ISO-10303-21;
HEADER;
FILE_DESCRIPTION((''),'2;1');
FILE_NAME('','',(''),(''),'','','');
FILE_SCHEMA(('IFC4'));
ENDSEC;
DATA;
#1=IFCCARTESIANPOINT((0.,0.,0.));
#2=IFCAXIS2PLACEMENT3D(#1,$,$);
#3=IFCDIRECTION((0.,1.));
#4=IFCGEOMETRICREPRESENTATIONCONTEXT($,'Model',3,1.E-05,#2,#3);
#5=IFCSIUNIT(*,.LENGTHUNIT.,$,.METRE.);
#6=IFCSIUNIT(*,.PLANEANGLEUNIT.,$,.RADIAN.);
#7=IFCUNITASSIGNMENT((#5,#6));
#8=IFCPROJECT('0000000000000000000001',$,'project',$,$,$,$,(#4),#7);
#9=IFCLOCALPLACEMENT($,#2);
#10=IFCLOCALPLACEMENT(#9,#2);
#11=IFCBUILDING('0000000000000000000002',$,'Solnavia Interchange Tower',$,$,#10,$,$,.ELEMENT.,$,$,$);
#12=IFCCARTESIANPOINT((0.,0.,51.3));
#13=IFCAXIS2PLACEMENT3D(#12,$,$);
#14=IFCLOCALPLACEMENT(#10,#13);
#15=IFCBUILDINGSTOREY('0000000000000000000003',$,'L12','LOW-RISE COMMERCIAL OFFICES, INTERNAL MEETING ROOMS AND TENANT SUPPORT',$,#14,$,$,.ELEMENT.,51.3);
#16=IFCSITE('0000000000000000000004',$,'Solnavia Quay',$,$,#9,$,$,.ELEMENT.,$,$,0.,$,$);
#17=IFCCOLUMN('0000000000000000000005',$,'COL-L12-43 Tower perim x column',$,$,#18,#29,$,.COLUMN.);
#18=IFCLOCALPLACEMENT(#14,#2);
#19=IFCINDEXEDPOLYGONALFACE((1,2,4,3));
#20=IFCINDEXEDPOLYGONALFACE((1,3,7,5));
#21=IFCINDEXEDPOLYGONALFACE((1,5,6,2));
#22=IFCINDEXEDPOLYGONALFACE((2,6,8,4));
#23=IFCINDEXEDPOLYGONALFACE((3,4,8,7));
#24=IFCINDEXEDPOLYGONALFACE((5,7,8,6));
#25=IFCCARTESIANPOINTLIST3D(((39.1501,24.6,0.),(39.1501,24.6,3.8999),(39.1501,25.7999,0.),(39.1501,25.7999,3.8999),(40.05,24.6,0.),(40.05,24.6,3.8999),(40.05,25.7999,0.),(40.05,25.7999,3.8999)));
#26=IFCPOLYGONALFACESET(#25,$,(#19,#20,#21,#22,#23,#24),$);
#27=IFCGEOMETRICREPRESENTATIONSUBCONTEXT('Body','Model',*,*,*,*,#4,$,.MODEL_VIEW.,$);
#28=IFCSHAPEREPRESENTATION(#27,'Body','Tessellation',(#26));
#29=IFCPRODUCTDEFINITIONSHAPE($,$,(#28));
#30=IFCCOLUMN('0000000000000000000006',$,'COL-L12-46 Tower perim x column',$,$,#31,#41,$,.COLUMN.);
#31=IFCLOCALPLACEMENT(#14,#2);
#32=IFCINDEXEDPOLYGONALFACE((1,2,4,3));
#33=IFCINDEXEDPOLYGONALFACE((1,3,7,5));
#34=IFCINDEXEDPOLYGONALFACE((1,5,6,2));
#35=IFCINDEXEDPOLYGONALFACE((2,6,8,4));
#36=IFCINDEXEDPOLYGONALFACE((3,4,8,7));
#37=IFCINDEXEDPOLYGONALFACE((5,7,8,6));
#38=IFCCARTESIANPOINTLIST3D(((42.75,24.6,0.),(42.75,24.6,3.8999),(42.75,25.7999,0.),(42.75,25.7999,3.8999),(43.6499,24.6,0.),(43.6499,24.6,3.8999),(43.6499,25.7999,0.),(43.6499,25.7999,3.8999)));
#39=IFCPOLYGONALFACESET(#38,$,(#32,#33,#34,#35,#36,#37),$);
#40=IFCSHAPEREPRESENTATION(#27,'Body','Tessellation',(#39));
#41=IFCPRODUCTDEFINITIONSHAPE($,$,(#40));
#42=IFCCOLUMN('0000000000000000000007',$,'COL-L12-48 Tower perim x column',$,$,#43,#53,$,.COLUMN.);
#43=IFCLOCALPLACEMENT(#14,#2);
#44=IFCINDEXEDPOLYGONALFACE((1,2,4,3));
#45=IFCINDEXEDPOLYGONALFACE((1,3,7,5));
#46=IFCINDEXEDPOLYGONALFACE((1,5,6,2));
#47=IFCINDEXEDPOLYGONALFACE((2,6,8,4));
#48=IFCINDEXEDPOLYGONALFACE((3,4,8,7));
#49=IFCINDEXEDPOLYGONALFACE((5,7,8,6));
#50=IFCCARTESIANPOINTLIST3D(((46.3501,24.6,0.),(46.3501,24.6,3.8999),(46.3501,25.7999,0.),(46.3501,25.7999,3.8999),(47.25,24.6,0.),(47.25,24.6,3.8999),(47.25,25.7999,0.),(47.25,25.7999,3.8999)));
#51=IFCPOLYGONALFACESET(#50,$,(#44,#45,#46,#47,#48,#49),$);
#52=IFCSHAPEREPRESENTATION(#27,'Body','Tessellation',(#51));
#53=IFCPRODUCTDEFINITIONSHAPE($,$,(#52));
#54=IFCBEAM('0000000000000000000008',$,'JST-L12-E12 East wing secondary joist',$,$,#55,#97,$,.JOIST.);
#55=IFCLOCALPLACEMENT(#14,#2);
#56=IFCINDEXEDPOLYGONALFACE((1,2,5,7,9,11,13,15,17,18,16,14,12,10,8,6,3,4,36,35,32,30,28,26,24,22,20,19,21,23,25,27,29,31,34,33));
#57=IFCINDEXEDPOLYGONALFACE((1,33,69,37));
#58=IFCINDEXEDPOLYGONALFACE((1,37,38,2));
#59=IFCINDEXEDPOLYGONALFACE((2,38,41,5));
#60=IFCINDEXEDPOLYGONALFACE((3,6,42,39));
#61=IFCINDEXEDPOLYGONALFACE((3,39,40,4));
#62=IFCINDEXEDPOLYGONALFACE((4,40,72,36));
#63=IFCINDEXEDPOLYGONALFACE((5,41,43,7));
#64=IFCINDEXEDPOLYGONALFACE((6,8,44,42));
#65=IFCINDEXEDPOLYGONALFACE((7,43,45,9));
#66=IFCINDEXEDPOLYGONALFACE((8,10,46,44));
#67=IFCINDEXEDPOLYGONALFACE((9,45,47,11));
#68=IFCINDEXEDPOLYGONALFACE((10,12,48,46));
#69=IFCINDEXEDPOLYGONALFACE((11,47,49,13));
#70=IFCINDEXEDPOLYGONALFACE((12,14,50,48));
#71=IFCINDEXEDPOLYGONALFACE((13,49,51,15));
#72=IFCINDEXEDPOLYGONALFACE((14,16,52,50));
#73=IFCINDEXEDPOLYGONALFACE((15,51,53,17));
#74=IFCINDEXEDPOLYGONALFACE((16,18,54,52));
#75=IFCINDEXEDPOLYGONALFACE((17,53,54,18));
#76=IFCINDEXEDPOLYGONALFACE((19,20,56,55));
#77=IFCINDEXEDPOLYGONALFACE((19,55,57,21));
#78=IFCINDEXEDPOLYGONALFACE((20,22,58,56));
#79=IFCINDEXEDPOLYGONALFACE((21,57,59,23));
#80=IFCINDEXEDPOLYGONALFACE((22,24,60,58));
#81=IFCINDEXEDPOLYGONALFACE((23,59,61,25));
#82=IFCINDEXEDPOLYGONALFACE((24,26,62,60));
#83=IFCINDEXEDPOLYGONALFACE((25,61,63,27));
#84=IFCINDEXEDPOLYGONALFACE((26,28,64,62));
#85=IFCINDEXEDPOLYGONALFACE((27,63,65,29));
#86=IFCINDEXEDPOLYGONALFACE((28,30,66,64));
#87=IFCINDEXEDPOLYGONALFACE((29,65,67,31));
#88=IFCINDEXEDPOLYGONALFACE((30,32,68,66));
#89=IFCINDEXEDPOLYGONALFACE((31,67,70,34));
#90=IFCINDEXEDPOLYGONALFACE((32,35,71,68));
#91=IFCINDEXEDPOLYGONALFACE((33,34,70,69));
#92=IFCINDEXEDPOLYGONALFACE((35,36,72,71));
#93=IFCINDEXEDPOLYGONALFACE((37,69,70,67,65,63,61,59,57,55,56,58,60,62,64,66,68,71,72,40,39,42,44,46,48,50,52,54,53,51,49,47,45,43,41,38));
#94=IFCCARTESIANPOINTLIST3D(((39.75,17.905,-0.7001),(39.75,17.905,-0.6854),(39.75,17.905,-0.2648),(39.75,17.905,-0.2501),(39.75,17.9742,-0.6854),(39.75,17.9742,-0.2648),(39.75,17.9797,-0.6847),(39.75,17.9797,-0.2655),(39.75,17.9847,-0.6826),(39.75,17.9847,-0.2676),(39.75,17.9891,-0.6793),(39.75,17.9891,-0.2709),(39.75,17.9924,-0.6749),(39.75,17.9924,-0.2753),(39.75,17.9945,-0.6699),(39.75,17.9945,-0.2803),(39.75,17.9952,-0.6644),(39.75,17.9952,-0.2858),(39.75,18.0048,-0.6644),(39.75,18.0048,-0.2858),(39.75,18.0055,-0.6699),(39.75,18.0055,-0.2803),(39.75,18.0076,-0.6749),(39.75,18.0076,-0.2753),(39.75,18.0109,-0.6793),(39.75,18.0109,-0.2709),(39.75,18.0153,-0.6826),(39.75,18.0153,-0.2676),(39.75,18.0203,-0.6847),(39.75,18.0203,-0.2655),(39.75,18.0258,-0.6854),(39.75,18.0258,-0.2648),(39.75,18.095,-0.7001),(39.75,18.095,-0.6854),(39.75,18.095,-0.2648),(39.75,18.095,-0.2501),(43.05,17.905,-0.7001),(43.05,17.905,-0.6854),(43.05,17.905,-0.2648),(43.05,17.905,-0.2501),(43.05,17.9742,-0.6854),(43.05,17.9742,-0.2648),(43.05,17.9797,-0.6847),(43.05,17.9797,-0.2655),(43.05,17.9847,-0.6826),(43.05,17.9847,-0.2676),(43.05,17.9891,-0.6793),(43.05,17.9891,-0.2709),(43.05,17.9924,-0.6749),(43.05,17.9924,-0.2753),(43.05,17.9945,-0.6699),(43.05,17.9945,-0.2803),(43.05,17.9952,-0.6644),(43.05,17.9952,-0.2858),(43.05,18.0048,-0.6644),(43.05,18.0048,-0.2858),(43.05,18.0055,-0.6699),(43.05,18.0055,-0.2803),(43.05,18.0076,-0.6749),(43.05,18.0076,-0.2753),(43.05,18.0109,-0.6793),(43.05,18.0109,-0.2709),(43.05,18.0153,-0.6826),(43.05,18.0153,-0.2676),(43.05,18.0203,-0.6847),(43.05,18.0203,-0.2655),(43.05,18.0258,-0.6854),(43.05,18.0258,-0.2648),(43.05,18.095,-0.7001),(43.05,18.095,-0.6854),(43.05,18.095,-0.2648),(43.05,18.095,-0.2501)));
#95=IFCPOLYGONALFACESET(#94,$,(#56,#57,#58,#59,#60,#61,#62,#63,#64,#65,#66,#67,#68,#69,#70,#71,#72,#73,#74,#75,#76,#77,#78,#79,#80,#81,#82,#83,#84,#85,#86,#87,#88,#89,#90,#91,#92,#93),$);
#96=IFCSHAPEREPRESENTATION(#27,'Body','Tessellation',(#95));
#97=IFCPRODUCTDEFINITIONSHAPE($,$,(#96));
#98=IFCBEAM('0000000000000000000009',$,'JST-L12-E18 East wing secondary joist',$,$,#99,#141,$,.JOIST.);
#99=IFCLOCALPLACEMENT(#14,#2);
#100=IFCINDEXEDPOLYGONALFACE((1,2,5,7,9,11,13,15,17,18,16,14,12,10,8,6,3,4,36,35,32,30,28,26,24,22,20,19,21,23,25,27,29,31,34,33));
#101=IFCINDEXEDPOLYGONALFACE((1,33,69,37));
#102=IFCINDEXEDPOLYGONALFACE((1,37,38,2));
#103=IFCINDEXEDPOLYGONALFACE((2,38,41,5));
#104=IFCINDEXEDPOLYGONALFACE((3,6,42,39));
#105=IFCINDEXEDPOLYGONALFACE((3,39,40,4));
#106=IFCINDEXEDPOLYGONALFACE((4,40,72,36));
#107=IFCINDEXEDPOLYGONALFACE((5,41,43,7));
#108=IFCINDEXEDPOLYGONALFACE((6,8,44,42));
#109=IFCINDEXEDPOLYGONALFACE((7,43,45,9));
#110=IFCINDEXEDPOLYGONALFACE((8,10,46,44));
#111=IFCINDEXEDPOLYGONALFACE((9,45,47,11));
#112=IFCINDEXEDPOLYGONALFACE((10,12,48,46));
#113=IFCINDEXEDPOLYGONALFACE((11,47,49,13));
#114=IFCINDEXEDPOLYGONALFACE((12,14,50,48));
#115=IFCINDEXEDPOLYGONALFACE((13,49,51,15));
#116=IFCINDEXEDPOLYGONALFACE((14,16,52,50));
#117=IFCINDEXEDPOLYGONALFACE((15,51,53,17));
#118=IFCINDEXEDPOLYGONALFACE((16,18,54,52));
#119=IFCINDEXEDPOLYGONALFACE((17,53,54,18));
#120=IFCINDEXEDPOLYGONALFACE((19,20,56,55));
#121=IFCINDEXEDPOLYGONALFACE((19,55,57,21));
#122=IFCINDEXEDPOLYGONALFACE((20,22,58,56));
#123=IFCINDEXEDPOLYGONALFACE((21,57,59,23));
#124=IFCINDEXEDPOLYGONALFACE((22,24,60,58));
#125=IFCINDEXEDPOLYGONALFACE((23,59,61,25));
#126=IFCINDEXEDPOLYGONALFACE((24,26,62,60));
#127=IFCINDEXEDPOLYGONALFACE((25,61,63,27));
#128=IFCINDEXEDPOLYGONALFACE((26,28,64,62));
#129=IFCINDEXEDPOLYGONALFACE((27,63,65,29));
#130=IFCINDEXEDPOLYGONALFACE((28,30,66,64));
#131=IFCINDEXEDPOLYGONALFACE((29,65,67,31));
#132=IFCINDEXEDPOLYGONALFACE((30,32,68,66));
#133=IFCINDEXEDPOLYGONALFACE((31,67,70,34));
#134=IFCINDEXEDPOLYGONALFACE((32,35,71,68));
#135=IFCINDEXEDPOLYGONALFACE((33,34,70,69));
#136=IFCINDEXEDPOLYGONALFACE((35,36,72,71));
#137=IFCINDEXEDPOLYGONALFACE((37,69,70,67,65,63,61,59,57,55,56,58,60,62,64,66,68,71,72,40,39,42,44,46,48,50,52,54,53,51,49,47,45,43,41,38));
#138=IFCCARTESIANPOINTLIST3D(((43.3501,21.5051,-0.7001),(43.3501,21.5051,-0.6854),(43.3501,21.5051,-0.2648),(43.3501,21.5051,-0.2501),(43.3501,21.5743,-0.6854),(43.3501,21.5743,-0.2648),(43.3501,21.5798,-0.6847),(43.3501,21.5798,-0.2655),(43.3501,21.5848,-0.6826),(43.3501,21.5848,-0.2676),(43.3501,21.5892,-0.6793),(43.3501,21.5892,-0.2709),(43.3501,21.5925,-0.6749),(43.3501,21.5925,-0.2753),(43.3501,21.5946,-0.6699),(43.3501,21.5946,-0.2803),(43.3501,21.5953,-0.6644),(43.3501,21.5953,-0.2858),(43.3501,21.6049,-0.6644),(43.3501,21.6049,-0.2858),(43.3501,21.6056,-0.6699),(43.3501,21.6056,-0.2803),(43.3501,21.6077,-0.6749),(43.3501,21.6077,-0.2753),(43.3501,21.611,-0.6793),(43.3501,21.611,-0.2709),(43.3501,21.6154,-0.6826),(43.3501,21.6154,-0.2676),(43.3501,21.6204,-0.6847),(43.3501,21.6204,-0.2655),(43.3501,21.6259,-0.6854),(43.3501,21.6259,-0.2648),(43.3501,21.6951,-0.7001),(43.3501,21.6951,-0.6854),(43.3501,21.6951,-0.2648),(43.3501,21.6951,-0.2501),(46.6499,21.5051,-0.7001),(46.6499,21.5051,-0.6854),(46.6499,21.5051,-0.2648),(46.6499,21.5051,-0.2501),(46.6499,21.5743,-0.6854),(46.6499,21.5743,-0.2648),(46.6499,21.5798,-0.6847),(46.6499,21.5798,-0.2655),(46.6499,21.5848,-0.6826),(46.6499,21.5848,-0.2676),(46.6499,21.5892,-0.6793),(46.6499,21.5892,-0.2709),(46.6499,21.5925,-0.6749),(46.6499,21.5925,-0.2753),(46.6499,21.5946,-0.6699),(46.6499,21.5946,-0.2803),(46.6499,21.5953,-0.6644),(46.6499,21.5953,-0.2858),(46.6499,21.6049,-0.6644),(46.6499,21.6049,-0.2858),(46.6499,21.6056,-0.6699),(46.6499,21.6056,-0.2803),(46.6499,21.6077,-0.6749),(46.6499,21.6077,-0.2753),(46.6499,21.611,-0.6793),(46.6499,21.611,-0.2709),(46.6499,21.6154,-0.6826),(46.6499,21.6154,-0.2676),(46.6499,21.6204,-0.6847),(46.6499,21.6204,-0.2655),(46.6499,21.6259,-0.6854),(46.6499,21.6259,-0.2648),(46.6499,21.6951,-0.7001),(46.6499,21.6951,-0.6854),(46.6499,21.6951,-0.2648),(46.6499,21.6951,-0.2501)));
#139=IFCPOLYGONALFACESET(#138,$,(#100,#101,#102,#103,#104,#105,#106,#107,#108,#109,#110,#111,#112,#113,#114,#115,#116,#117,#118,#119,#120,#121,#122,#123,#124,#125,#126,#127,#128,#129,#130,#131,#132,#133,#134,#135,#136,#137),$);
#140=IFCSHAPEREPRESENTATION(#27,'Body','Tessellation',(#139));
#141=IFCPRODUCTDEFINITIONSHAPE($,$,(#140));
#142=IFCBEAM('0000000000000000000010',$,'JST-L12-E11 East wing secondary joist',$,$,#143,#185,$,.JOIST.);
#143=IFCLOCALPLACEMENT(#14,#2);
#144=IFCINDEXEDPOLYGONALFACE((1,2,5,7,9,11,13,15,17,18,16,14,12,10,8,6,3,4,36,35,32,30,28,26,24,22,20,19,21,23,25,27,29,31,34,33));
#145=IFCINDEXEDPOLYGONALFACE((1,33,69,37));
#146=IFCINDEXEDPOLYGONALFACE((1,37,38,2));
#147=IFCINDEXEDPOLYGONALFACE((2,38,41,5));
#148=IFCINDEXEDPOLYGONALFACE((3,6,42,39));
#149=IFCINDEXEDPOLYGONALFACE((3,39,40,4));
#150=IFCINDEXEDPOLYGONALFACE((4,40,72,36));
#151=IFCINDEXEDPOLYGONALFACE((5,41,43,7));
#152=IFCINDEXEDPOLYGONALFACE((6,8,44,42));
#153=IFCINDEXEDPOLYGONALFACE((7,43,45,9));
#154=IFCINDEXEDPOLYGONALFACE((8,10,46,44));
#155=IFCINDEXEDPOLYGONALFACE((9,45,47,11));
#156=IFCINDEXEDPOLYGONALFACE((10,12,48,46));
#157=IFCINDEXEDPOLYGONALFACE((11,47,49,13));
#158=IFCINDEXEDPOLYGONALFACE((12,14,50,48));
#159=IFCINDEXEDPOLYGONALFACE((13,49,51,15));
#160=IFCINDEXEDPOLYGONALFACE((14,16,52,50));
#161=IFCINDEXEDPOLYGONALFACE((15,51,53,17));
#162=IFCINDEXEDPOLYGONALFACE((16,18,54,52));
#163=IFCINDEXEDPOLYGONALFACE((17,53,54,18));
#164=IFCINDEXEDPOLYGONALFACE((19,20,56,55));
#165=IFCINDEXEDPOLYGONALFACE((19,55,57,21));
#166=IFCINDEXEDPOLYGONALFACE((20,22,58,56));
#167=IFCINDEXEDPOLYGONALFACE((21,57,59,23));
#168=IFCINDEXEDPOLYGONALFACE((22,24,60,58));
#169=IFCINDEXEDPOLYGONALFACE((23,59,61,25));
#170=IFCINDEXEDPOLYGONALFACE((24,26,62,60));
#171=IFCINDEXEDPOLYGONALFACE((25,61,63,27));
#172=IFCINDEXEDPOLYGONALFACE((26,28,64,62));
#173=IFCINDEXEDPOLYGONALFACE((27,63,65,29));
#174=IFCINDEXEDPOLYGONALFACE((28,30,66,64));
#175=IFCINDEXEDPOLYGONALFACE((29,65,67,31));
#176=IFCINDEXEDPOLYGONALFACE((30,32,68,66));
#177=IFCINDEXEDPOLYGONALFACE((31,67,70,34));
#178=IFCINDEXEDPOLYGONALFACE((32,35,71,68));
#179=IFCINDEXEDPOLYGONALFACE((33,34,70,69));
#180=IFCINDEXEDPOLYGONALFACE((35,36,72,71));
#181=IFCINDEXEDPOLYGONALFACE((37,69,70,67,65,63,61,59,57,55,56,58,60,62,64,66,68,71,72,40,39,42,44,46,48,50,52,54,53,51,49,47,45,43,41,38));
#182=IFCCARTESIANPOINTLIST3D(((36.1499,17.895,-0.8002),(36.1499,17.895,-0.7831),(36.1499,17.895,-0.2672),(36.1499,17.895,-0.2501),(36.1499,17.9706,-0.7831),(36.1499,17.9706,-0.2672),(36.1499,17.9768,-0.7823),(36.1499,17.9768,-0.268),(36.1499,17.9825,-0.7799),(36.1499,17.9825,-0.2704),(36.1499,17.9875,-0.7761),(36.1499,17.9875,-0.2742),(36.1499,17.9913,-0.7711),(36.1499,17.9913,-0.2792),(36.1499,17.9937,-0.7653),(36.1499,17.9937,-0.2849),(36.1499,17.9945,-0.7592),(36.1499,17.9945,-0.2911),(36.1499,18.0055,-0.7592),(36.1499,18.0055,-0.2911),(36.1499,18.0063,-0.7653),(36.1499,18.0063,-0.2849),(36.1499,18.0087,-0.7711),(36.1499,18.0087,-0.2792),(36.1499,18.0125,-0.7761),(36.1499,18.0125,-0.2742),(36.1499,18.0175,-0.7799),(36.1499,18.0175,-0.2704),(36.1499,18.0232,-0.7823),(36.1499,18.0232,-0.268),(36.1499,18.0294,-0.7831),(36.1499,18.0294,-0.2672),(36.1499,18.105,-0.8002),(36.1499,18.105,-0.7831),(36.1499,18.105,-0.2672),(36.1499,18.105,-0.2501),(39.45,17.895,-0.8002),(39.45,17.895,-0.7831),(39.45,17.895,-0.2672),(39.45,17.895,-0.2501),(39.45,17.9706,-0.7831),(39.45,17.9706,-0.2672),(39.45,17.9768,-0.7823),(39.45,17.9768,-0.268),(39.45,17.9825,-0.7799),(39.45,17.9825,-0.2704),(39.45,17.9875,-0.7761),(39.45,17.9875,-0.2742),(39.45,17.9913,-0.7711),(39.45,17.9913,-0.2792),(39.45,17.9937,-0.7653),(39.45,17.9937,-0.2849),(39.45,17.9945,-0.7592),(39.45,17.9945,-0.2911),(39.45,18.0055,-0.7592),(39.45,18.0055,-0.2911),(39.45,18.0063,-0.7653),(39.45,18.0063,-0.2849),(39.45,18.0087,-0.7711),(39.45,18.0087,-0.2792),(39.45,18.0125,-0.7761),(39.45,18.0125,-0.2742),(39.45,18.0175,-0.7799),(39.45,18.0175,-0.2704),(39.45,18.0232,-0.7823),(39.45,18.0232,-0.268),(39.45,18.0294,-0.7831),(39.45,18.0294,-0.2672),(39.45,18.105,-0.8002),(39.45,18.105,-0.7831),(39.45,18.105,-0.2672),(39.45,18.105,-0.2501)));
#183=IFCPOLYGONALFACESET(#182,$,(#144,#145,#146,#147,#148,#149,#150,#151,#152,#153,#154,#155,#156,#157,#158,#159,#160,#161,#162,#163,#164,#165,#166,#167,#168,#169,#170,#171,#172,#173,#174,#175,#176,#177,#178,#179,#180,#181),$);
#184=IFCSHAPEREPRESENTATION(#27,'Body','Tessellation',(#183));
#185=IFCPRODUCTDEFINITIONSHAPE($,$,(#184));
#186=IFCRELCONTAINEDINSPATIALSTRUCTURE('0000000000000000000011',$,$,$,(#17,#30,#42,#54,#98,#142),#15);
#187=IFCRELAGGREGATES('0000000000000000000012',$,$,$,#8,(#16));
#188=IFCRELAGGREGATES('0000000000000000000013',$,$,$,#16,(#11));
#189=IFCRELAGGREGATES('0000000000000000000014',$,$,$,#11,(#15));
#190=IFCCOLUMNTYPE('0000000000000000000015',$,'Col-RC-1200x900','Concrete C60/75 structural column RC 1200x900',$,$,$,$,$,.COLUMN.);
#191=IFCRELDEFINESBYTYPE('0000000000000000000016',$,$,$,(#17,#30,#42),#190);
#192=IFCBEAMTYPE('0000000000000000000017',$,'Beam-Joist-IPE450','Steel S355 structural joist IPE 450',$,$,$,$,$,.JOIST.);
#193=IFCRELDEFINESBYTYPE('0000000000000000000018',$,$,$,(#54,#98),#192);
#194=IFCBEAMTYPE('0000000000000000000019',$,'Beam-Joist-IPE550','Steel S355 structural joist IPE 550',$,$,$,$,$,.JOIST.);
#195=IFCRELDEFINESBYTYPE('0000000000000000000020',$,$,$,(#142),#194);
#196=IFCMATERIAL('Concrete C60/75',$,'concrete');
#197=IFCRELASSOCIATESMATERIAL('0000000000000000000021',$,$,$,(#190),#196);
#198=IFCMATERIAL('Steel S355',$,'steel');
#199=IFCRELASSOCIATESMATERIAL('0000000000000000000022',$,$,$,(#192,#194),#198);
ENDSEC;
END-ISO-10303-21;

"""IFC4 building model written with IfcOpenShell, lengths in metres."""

from ifc_helpers import new_model, si_unit, direction, frame, origin, origin_2d, place, context, subcontext, project, spatial, rectangle, i_section, extrude, material, material_profile, profile_set, type_object, element, save


model = new_model("IFC4")

# Units and contexts
model_context = context("Model", 3, precision=1e-05, world=origin(), true_north=direction((0.0, 1.0)))
body_context = subcontext(model_context, "Body", "Model", "MODEL_VIEW")
ifc_project = project(units=[si_unit("LENGTHUNIT", "METRE"), si_unit("PLANEANGLEUNIT", "RADIAN")], contexts=[model_context])

# Site, building, storey
site_placement = place(None, origin())
site = spatial("IfcSite", under=ifc_project, at=site_placement, Name="Solnavia Quay", CompositionType="ELEMENT", RefElevation=0.0)
building_placement = place(site_placement, origin())
building = spatial("IfcBuilding", under=site, at=building_placement, Name="Solnavia Interchange Tower", CompositionType="ELEMENT")
storey_placement = place(building_placement, frame((0.0, 0.0, 51.3)))
storey = spatial("IfcBuildingStorey", under=building, at=storey_placement, Name="L12", Description="LOW-RISE COMMERCIAL OFFICES, INTERNAL MEETING ROOMS AND TENANT SUPPORT", CompositionType="ELEMENT", Elevation=51.3)

# Columns
ifc_material_1 = material(Name="Concrete C60/75", Category="concrete")
ifc_material_profile_1 = material_profile(ifc_material_1, rectangle(XDim=0.8999, YDim=1.2, at=origin_2d()), Name="RC 1200x900")
ifc_profile_set_1 = profile_set([ifc_material_profile_1], Name="Concrete C60/75")
column_type = type_object("IfcColumnType", Name="Col-RC-1200x900", Description="Concrete C60/75 structural column RC 1200x900", PredefinedType="COLUMN", material=ifc_profile_set_1)
for number, where, z_axis, x_axis, name in (
    (1, (39.6001, 25.2, 0.0), (0.0, 0.0, 1.0), (1.0, 0.0, 0.0), "COL-L12-43 Tower perim x column"),
    (2, (43.2, 25.2, 0.0), (0.0, 0.0, 1.0), (1.0, 0.0, 0.0), "COL-L12-46 Tower perim x column"),
    (3, (46.8, 25.2, 0.0), (0.0, 0.0, 1.0), (1.0, 0.0, 0.0), "COL-L12-48 Tower perim x column"),
):
    element("IfcColumn", number, at=place(storey_placement, frame(where, z_axis=z_axis, x_axis=x_axis)), inside=storey, type_object=column_type, Name=name, PredefinedType="COLUMN", context=body_context, shape_type="SweptSolid", body=[
        extrude(rectangle(XDim=0.8999, YDim=1.2, at=origin_2d()), origin(), (0.0, 0.0, 1.0), 3.8999),
    ])

# Beams
ifc_material_2 = material(Name="Steel S355", Category="steel")
ifc_material_profile_2 = material_profile(ifc_material_2, i_section(OverallWidth=0.1899, OverallDepth=0.45, WebThickness=0.0095, FlangeThickness=0.0146, FilletRadius=0.021, at=origin_2d()), Name="IPE 450")
ifc_profile_set_2 = profile_set([ifc_material_profile_2], Name="Steel S355")
beam_type_1 = type_object("IfcBeamType", Name="Beam-Joist-IPE450", Description="Steel S355 structural joist IPE 450", PredefinedType="JOIST", material=ifc_profile_set_2)
beam_1_placement = place(storey_placement, frame((39.75, 18.0, -0.4751), z_axis=(1.0, 0.0, 0.0), x_axis=(0.0, 1.0, 0.0)))
element("IfcBeam", 4, at=beam_1_placement, inside=storey, type_object=beam_type_1, Name="JST-L12-E12 East wing secondary joist", PredefinedType="JOIST", context=body_context, shape_type="SweptSolid", body=[
    extrude(i_section(OverallWidth=0.1899, OverallDepth=0.45, WebThickness=0.0095, FlangeThickness=0.0146, FilletRadius=0.021, at=origin_2d()), origin(), (0.0, 0.0, 1.0), 3.3),
])
beam_2_placement = place(storey_placement, frame((43.3501, 21.6001, -0.4751), z_axis=(1.0, 0.0, 0.0), x_axis=(0.0, 1.0, 0.0)))
element("IfcBeam", 5, at=beam_2_placement, inside=storey, type_object=beam_type_1, Name="JST-L12-E18 East wing secondary joist", PredefinedType="JOIST", context=body_context, shape_type="SweptSolid", body=[
    extrude(i_section(OverallWidth=0.1899, OverallDepth=0.45, WebThickness=0.0095, FlangeThickness=0.0146, FilletRadius=0.021, at=origin_2d()), origin(), (0.0, 0.0, 1.0), 3.2998),
])
ifc_material_profile_3 = material_profile(ifc_material_2, i_section(OverallWidth=0.21, OverallDepth=0.55, WebThickness=0.011, FlangeThickness=0.0171, FilletRadius=0.0239, at=origin_2d()), Name="IPE 550")
ifc_profile_set_3 = profile_set([ifc_material_profile_3], Name="Steel S355")
beam_type_2 = type_object("IfcBeamType", Name="Beam-Joist-IPE550", Description="Steel S355 structural joist IPE 550", PredefinedType="JOIST", material=ifc_profile_set_3)
for number, where, z_axis, x_axis, name in (
    (6, (36.1499, 18.0, -0.5251), (1.0, 0.0, 0.0), (0.0, 1.0, 0.0), "JST-L12-E11 East wing secondary joist"),
):
    element("IfcBeam", number, at=place(storey_placement, frame(where, z_axis=z_axis, x_axis=x_axis)), inside=storey, type_object=beam_type_2, Name=name, PredefinedType="JOIST", context=body_context, shape_type="SweptSolid", body=[
        extrude(i_section(OverallWidth=0.21, OverallDepth=0.55, WebThickness=0.011, FlangeThickness=0.0171, FilletRadius=0.0239, at=origin_2d()), origin(), (0.0, 0.0, 1.0), 3.3),
    ])

save(model, "model.ifc")
